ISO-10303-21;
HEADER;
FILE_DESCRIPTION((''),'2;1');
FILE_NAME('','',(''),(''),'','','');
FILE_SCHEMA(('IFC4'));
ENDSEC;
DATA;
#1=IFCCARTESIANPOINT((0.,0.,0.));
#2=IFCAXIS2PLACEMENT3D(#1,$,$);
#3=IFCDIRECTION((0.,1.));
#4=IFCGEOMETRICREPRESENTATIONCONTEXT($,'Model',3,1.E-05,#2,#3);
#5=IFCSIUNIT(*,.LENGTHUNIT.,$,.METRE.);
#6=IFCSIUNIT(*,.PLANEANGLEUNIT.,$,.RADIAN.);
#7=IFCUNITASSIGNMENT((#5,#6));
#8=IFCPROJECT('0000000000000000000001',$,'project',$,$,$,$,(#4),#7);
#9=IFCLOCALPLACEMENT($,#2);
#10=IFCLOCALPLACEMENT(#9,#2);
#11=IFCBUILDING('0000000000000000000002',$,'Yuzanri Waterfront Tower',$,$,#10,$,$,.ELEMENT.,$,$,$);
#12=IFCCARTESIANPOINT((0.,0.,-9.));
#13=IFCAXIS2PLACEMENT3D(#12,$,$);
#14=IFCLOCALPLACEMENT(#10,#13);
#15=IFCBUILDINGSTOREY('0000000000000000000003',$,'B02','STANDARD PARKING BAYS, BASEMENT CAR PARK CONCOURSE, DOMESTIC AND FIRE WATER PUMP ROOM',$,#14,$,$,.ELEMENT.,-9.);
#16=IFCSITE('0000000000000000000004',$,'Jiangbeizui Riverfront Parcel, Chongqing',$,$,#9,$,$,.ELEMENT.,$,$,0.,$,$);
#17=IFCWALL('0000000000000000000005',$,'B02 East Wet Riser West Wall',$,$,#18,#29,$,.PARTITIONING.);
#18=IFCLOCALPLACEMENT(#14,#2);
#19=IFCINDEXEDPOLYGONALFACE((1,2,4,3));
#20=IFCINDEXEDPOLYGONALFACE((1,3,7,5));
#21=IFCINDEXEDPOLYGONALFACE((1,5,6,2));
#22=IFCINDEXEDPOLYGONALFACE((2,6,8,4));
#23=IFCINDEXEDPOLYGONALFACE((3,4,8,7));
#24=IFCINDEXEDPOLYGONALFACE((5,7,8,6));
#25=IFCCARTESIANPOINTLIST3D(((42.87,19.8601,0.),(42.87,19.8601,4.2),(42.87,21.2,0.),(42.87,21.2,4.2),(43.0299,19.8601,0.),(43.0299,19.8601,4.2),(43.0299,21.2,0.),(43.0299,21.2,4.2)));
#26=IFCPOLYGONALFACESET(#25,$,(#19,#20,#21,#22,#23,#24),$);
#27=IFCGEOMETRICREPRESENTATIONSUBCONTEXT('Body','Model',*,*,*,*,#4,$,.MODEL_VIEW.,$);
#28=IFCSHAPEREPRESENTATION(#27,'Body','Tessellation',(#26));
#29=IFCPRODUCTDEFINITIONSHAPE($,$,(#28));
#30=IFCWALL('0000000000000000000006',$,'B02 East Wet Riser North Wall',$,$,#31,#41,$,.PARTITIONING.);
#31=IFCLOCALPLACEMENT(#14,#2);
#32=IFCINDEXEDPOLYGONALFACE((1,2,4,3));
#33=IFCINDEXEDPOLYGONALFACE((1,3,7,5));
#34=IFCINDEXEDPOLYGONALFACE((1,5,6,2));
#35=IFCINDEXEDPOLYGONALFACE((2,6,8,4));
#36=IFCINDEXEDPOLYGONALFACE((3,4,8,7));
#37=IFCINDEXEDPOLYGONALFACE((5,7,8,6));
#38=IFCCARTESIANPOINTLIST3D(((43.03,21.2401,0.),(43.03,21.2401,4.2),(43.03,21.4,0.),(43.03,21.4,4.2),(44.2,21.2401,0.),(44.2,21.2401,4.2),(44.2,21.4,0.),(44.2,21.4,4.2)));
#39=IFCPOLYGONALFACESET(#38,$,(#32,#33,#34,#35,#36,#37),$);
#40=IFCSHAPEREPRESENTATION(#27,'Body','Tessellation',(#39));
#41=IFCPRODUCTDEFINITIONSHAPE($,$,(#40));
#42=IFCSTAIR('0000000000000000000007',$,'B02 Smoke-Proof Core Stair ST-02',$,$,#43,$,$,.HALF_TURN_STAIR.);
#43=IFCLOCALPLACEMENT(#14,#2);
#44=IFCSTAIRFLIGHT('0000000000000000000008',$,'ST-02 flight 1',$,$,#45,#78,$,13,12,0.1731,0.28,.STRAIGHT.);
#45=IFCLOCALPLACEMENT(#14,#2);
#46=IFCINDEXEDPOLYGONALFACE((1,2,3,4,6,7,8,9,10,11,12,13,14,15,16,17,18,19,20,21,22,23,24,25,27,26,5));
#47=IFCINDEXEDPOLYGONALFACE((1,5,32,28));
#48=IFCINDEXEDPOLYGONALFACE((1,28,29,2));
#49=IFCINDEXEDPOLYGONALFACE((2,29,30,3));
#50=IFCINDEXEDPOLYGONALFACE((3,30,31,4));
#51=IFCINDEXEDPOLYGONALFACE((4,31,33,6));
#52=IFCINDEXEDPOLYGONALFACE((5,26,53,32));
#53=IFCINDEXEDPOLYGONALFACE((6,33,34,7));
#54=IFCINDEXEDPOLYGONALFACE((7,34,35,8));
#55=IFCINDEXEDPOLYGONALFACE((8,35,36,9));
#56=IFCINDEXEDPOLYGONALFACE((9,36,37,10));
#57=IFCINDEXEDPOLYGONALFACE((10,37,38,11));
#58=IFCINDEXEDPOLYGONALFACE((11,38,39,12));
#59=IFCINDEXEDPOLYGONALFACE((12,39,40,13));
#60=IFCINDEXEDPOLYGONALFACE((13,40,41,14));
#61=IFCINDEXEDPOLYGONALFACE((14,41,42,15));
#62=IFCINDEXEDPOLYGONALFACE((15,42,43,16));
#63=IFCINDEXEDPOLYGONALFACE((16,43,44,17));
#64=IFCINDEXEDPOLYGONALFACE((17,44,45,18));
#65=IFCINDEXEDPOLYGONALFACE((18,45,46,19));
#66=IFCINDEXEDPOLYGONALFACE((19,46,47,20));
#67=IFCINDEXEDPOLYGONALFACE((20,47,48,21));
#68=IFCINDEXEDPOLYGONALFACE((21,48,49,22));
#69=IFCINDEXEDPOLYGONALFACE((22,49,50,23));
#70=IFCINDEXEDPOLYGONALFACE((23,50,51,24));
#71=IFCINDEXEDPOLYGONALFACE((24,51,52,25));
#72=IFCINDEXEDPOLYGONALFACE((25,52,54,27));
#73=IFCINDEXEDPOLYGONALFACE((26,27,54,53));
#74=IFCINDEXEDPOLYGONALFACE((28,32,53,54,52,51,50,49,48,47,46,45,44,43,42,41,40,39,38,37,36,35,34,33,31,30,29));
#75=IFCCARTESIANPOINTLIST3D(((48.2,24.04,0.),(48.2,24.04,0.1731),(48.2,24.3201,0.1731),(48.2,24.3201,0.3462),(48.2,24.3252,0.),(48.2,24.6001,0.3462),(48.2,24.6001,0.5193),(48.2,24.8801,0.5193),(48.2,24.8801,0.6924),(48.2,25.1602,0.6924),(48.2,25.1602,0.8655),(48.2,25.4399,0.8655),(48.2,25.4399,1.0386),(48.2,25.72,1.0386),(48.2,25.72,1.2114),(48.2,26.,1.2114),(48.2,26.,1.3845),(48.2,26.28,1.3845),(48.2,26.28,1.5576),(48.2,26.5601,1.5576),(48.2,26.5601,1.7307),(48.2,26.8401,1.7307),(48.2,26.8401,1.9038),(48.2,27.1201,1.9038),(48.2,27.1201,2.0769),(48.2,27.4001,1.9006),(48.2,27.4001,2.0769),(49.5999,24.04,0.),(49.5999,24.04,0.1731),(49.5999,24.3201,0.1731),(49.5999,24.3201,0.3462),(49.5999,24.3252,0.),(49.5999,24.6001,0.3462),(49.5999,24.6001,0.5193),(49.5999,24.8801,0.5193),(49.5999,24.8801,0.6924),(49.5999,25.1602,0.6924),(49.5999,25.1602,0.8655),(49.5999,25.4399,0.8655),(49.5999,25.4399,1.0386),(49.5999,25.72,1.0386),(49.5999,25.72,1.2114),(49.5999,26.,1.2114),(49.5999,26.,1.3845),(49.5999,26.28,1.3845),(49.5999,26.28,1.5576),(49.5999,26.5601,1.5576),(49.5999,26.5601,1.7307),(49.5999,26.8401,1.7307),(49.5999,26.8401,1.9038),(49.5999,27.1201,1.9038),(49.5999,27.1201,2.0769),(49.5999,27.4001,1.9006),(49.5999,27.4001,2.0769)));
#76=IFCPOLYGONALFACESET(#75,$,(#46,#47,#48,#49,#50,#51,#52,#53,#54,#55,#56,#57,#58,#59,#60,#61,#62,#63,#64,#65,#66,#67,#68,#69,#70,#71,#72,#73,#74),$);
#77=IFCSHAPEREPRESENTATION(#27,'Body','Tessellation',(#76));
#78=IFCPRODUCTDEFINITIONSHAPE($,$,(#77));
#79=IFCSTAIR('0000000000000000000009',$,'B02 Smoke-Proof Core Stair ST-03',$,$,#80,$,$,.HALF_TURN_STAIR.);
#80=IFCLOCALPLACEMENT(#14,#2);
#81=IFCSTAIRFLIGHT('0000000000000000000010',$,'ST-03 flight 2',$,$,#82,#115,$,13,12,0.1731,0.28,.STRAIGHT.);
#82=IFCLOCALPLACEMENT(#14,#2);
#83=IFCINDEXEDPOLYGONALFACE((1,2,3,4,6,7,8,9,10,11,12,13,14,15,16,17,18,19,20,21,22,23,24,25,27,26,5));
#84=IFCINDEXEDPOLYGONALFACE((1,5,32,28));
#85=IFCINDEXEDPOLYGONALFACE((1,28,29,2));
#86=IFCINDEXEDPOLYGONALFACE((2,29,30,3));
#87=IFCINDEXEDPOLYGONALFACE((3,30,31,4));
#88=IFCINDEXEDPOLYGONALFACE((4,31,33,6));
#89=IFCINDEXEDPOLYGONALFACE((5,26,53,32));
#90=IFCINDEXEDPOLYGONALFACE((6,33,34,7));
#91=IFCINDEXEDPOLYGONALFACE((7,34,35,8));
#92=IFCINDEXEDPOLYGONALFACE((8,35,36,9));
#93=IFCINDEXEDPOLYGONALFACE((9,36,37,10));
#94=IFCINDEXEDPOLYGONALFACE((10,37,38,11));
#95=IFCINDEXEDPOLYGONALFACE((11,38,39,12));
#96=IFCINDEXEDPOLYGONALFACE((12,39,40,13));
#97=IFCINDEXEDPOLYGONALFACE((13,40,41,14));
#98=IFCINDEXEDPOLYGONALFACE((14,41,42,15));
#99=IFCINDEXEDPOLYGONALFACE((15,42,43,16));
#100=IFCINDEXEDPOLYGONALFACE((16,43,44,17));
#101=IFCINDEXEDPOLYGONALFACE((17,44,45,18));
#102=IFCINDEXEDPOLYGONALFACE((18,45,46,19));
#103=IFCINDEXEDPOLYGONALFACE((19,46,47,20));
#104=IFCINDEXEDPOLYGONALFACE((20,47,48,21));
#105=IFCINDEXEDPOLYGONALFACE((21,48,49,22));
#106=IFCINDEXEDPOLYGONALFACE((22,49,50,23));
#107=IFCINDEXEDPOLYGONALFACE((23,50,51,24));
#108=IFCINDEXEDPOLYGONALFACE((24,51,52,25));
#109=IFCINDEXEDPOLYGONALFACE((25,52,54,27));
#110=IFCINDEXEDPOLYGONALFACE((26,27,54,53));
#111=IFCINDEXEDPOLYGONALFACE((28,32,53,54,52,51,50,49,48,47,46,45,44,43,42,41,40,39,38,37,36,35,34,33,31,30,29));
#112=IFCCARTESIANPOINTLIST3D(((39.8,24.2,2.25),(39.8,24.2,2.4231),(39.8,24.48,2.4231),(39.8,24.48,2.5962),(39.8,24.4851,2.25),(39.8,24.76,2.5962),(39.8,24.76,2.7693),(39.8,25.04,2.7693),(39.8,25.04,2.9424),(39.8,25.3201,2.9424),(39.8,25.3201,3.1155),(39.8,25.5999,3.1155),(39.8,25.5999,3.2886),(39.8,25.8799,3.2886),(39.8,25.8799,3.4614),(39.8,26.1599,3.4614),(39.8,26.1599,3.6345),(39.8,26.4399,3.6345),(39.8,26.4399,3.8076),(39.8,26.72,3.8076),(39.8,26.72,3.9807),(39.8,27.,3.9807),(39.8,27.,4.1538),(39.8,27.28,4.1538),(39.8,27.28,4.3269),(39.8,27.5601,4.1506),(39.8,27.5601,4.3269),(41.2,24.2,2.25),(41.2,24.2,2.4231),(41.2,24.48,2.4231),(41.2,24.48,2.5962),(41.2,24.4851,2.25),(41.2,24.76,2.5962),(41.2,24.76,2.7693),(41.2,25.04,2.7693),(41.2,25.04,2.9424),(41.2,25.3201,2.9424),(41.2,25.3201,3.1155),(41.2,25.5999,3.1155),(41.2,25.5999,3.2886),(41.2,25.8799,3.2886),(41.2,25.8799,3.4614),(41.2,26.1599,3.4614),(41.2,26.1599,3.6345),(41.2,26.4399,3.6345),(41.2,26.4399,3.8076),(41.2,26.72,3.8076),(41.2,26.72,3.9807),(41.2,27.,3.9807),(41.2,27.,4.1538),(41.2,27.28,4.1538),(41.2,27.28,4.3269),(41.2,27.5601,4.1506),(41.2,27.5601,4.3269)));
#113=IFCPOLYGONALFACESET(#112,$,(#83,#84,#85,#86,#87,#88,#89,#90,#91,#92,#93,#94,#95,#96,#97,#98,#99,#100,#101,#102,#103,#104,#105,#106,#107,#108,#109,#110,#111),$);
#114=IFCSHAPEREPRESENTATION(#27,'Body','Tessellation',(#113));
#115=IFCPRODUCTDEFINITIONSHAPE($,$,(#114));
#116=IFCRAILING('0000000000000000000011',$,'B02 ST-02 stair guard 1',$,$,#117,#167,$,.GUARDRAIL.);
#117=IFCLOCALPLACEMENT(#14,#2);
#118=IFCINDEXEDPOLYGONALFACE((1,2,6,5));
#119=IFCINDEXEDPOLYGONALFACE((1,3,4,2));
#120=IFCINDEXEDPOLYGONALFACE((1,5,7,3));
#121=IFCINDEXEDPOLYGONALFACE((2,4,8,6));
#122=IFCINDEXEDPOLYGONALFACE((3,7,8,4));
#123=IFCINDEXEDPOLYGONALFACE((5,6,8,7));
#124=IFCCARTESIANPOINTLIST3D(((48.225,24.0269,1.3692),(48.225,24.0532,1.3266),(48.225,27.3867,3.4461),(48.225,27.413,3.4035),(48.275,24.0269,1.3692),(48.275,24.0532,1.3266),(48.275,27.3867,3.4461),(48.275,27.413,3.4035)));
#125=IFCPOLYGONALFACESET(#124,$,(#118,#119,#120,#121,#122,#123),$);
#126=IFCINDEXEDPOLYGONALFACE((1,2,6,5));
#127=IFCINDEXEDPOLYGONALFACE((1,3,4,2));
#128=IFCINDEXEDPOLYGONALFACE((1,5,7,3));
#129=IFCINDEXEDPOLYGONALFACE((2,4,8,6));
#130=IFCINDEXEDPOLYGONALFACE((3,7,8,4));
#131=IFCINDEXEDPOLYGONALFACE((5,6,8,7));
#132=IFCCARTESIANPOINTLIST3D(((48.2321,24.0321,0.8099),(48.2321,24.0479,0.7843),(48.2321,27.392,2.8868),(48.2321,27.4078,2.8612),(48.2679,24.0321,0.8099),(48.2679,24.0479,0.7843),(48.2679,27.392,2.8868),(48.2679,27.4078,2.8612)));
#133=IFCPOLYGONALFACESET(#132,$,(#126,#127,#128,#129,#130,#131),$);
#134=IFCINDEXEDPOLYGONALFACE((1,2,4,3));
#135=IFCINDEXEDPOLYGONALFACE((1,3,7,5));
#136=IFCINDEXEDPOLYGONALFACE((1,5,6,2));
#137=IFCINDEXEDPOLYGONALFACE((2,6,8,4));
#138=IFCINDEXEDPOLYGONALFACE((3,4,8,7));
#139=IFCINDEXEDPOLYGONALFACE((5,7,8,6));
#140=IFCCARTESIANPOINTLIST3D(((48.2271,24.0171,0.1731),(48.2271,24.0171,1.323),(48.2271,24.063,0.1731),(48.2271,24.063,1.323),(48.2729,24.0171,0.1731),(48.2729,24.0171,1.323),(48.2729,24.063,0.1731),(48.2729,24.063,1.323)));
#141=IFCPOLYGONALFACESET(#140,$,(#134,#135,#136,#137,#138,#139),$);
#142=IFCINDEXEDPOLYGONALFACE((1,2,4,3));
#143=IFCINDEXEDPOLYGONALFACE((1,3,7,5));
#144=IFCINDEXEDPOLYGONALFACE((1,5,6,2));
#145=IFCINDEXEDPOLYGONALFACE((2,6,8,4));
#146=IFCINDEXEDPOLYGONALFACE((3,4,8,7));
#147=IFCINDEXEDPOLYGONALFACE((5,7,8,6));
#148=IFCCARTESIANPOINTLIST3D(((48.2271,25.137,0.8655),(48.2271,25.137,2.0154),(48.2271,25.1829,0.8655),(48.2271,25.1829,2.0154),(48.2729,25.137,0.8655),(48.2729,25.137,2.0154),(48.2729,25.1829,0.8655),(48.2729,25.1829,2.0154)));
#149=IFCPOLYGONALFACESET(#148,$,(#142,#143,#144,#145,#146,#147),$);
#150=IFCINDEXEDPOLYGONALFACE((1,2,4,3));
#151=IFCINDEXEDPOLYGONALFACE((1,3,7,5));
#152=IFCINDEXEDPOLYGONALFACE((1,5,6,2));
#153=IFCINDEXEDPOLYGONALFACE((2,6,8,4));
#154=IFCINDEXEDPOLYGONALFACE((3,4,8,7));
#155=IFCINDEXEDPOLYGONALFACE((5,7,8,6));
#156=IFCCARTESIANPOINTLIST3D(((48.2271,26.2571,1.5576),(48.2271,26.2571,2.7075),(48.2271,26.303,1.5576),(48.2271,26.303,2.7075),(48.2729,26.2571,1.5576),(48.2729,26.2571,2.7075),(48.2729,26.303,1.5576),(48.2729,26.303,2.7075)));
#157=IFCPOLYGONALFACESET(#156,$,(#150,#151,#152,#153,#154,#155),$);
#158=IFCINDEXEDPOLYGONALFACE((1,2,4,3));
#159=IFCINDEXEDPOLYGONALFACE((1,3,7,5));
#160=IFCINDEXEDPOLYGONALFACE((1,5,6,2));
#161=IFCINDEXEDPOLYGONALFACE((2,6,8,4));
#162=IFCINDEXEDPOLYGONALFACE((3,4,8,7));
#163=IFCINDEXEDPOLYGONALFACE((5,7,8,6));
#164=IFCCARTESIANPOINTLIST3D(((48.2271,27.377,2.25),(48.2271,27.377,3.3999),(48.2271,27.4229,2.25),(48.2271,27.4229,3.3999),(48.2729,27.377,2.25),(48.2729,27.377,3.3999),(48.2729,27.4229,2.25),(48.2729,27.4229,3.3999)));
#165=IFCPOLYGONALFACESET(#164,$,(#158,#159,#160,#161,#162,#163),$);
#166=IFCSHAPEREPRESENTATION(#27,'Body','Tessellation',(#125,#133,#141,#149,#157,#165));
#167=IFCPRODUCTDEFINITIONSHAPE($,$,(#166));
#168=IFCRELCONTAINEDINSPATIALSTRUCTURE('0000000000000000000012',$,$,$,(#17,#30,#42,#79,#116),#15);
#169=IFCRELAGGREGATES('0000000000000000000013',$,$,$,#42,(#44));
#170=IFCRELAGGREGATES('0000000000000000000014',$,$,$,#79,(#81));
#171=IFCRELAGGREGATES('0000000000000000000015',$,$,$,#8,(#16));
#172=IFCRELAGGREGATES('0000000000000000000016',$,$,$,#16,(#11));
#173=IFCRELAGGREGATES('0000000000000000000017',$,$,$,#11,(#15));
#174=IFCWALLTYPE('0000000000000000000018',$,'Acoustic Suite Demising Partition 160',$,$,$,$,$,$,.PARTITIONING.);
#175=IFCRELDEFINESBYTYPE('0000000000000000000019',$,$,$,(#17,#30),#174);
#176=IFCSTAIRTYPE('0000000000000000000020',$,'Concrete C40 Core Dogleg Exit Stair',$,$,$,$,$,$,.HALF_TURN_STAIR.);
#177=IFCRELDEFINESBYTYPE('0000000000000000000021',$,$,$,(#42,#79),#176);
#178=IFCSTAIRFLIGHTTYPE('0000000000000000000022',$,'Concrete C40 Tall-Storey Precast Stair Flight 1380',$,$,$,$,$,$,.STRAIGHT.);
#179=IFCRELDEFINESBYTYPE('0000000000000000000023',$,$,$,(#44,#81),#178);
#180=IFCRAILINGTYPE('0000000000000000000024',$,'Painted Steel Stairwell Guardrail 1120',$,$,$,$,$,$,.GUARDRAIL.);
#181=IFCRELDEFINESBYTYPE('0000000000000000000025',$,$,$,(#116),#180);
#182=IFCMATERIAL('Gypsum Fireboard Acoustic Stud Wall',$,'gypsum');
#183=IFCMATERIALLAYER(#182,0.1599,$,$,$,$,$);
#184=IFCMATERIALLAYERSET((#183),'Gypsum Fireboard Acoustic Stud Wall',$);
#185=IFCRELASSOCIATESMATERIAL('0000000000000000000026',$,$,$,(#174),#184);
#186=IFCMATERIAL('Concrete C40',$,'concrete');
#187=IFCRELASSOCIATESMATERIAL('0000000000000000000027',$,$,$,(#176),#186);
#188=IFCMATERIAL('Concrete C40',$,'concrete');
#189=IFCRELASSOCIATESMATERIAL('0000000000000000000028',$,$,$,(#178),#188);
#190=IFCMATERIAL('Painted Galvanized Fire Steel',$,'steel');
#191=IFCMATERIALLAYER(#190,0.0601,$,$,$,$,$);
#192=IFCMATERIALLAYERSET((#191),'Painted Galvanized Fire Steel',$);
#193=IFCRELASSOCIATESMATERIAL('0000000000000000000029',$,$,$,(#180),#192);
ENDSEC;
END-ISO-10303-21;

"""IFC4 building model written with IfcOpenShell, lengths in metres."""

from ifc_helpers import new_model, si_unit, direction, frame, frame_2d, origin, origin_2d, place, context, subcontext, project, spatial, polyline, rectangle, outline, extrude, source, transform, mapped, material, layer, layer_set, type_object, element, aggregate, save


model = new_model("IFC4")

# Units and contexts
model_context = context("Model", 3, precision=1e-05, world=origin(), true_north=direction((0.0, 1.0)))
body_context = subcontext(model_context, "Body", "Model", "MODEL_VIEW")
ifc_project = project(units=[si_unit("LENGTHUNIT", "METRE"), si_unit("PLANEANGLEUNIT", "RADIAN")], contexts=[model_context])

# Site, building, storey
site_placement = place(None, origin())
site = spatial("IfcSite", under=ifc_project, at=site_placement, Name="Jiangbeizui Riverfront Parcel, Chongqing", CompositionType="ELEMENT", RefElevation=0.0)
building_placement = place(site_placement, origin())
building = spatial("IfcBuilding", under=site, at=building_placement, Name="Yuzanri Waterfront Tower", CompositionType="ELEMENT")
storey_placement = place(building_placement, frame((0.0, 0.0, -9.0)))
storey = spatial("IfcBuildingStorey", under=building, at=storey_placement, Name="B02", Description="STANDARD PARKING BAYS, BASEMENT CAR PARK CONCOURSE, DOMESTIC AND FIRE WATER PUMP ROOM", CompositionType="ELEMENT", Elevation=-9.0)

# Walls
ifc_material_1 = material(Name="Gypsum Fireboard Acoustic Stud Wall", Category="gypsum")
ifc_layer_1 = layer(ifc_material_1, 0.1599)
ifc_layer_set_1 = layer_set([ifc_layer_1], Name="Gypsum Fireboard Acoustic Stud Wall")
wall_type_1 = type_object("IfcWallType", Name="Acoustic Suite Demising Partition 160", PredefinedType="PARTITIONING", material=ifc_layer_set_1)
shared_shape_1 = source(origin(), body_context, "Body", "SweptSolid", [
    extrude(rectangle(XDim=1.3398, YDim=0.1599, at=frame_2d((0.6699, 0.0))), origin(), (0.0, 0.0, 1.0), 4.2),
])
wall_1_placement = place(storey_placement, frame((42.95, 19.8601, 0.0), z_axis=(0.0, 0.0, 1.0), x_axis=(0.0, 1.0, 0.0)))
element("IfcWall", 1, at=wall_1_placement, inside=storey, type_object=wall_type_1, Name="B02 East Wet Riser West Wall", PredefinedType="PARTITIONING", context=body_context, shape_type="MappedRepresentation", body=[
    mapped(shared_shape_1, transform((0.0, 0.0, 0.0), scale=1.0)),
])
shared_shape_2 = source(origin(), body_context, "Body", "SweptSolid", [
    extrude(rectangle(XDim=1.1699, YDim=0.1599, at=frame_2d((0.585, 0.0))), origin(), (0.0, 0.0, 1.0), 4.2),
])
wall_2_placement = place(storey_placement, frame((43.03, 21.3201, 0.0), z_axis=(0.0, 0.0, 1.0), x_axis=(1.0, 0.0, 0.0)))
element("IfcWall", 2, at=wall_2_placement, inside=storey, type_object=wall_type_1, Name="B02 East Wet Riser North Wall", PredefinedType="PARTITIONING", context=body_context, shape_type="MappedRepresentation", body=[
    mapped(shared_shape_2, transform((0.0, 0.0, 0.0), scale=1.0)),
])

# Stairs, stair flights
ifc_material_2 = material(Name="Concrete C40", Category="concrete")
stair_type = type_object("IfcStairType", Name="Concrete C40 Core Dogleg Exit Stair", PredefinedType="HALF_TURN_STAIR", material=ifc_material_2)
stair_1_placement = place(storey_placement, origin())
stair_1 = element("IfcStair", 3, at=stair_1_placement, inside=storey, type_object=stair_type, Name="B02 Smoke-Proof Core Stair ST-02", PredefinedType="HALF_TURN_STAIR")
ifc_material_3 = material(Name="Concrete C40", Category="concrete")
stair_flight_type = type_object("IfcStairFlightType", Name="Concrete C40 Tall-Storey Precast Stair Flight 1380", PredefinedType="STRAIGHT", material=ifc_material_3)
shared_shape_3 = source(origin(), body_context, "Body", "SweptSolid", [
    extrude(outline(polyline([(0.0, 0.0), (0.0, 0.1731), (0.28, 0.1731), (0.28, 0.3462), (0.5601, 0.3462), (0.5601, 0.5193), (0.8401, 0.5193), (0.8401, 0.6924), (1.1201, 0.6924), (1.1201, 0.8655), (1.3999, 0.8655), (1.3999, 1.0386), (1.6799, 1.0386), (1.6799, 1.2114), (1.96, 1.2114), (1.96, 1.3845), (2.24, 1.3845), (2.24, 1.5576), (2.52, 1.5576), (2.52, 1.7307), (2.8, 1.7307), (2.8, 1.9038), (3.0801, 1.9038), (3.0801, 2.0769), (3.3601, 2.0769), (3.3601, 2.25), (3.3601, 1.9006), (0.2852, 0.0), (0.0, 0.0)])), frame((0.0, 0.7, 0.0), z_axis=(0.0, -1.0, 0.0), x_axis=(1.0, 0.0, 0.0)), (0.0, 0.0, 1.0), 1.3999),
])
stair_flight_1_placement = place(storey_placement, frame((48.8999, 24.04, 0.0), z_axis=(0.0, 0.0, 1.0), x_axis=(0.0, 1.0, 0.0)))
stair_flight_1 = element("IfcStairFlight", 4, at=stair_flight_1_placement, type_object=stair_flight_type, Name="ST-02 flight 1", NumberOfRisers=13, NumberOfTreads=12, PredefinedType="STRAIGHT", RiserHeight=0.1731, TreadLength=0.28, context=body_context, shape_type="MappedRepresentation", body=[
    mapped(shared_shape_3, transform((0.0, 0.0, 0.0), scale=1.0)),
])
aggregate(stair_1, [stair_flight_1])
stair_2_placement = place(storey_placement, origin())
stair_2 = element("IfcStair", 5, at=stair_2_placement, inside=storey, type_object=stair_type, Name="B02 Smoke-Proof Core Stair ST-03", PredefinedType="HALF_TURN_STAIR")
stair_flight_2_placement = place(storey_placement, frame((40.5, 24.2, 2.25), z_axis=(0.0, 0.0, 1.0), x_axis=(0.0, 1.0, 0.0)))
stair_flight_2 = element("IfcStairFlight", 6, at=stair_flight_2_placement, type_object=stair_flight_type, Name="ST-03 flight 2", NumberOfRisers=13, NumberOfTreads=12, PredefinedType="STRAIGHT", RiserHeight=0.1731, TreadLength=0.28, context=body_context, shape_type="MappedRepresentation", body=[
    mapped(shared_shape_3, transform((0.0, 0.0, 0.0), scale=1.0)),
])
aggregate(stair_2, [stair_flight_2])

# Railing
ifc_material_4 = material(Name="Painted Galvanized Fire Steel", Category="steel")
ifc_layer_2 = layer(ifc_material_4, 0.0601)
ifc_layer_set_2 = layer_set([ifc_layer_2], Name="Painted Galvanized Fire Steel")
railing_type_1 = type_object("IfcRailingType", Name="Painted Steel Stairwell Guardrail 1120", PredefinedType="GUARDRAIL", material=ifc_layer_set_2)
shared_shape_4 = source(origin(), body_context, "Body", "SweptSolid", [
    extrude(rectangle(XDim=0.05, YDim=0.05, at=origin_2d()), frame((0.0, 0.0, 1.1748), z_axis=(0.0, 0.850606, 0.525803), x_axis=(-1.0, 0.0, 0.0)), (0.0, 0.0, 1.0), 3.95),
    extrude(rectangle(XDim=0.0359, YDim=0.03, at=origin_2d()), frame((0.0, 0.0, 0.624), z_axis=(0.0, 0.850606, 0.525803), x_axis=(-1.0, 0.0, 0.0)), (0.0, 0.0, 1.0), 3.95),
    extrude(rectangle(XDim=0.0459, YDim=0.0459, at=origin_2d()), origin(), (0.0, 0.0, 1.0), 1.1499),
    extrude(rectangle(XDim=0.0459, YDim=0.0459, at=origin_2d()), frame((0.0, 1.1199, 0.6924)), (0.0, 0.0, 1.0), 1.1499),
    extrude(rectangle(XDim=0.0459, YDim=0.0459, at=origin_2d()), frame((0.0, 2.24, 1.3845)), (0.0, 0.0, 1.0), 1.1499),
    extrude(rectangle(XDim=0.0459, YDim=0.0459, at=origin_2d()), frame((0.0, 3.3599, 2.0769)), (0.0, 0.0, 1.0), 1.1499),
])
railing_1_placement = place(storey_placement, frame((48.25, 24.04, 0.1731)))
element("IfcRailing", 7, at=railing_1_placement, inside=storey, type_object=railing_type_1, Name="B02 ST-02 stair guard 1", PredefinedType="GUARDRAIL", context=body_context, shape_type="MappedRepresentation", body=[
    mapped(shared_shape_4, transform((0.0, 0.0, 0.0), scale=1.0)),
])

save(model, "model.ifc")
